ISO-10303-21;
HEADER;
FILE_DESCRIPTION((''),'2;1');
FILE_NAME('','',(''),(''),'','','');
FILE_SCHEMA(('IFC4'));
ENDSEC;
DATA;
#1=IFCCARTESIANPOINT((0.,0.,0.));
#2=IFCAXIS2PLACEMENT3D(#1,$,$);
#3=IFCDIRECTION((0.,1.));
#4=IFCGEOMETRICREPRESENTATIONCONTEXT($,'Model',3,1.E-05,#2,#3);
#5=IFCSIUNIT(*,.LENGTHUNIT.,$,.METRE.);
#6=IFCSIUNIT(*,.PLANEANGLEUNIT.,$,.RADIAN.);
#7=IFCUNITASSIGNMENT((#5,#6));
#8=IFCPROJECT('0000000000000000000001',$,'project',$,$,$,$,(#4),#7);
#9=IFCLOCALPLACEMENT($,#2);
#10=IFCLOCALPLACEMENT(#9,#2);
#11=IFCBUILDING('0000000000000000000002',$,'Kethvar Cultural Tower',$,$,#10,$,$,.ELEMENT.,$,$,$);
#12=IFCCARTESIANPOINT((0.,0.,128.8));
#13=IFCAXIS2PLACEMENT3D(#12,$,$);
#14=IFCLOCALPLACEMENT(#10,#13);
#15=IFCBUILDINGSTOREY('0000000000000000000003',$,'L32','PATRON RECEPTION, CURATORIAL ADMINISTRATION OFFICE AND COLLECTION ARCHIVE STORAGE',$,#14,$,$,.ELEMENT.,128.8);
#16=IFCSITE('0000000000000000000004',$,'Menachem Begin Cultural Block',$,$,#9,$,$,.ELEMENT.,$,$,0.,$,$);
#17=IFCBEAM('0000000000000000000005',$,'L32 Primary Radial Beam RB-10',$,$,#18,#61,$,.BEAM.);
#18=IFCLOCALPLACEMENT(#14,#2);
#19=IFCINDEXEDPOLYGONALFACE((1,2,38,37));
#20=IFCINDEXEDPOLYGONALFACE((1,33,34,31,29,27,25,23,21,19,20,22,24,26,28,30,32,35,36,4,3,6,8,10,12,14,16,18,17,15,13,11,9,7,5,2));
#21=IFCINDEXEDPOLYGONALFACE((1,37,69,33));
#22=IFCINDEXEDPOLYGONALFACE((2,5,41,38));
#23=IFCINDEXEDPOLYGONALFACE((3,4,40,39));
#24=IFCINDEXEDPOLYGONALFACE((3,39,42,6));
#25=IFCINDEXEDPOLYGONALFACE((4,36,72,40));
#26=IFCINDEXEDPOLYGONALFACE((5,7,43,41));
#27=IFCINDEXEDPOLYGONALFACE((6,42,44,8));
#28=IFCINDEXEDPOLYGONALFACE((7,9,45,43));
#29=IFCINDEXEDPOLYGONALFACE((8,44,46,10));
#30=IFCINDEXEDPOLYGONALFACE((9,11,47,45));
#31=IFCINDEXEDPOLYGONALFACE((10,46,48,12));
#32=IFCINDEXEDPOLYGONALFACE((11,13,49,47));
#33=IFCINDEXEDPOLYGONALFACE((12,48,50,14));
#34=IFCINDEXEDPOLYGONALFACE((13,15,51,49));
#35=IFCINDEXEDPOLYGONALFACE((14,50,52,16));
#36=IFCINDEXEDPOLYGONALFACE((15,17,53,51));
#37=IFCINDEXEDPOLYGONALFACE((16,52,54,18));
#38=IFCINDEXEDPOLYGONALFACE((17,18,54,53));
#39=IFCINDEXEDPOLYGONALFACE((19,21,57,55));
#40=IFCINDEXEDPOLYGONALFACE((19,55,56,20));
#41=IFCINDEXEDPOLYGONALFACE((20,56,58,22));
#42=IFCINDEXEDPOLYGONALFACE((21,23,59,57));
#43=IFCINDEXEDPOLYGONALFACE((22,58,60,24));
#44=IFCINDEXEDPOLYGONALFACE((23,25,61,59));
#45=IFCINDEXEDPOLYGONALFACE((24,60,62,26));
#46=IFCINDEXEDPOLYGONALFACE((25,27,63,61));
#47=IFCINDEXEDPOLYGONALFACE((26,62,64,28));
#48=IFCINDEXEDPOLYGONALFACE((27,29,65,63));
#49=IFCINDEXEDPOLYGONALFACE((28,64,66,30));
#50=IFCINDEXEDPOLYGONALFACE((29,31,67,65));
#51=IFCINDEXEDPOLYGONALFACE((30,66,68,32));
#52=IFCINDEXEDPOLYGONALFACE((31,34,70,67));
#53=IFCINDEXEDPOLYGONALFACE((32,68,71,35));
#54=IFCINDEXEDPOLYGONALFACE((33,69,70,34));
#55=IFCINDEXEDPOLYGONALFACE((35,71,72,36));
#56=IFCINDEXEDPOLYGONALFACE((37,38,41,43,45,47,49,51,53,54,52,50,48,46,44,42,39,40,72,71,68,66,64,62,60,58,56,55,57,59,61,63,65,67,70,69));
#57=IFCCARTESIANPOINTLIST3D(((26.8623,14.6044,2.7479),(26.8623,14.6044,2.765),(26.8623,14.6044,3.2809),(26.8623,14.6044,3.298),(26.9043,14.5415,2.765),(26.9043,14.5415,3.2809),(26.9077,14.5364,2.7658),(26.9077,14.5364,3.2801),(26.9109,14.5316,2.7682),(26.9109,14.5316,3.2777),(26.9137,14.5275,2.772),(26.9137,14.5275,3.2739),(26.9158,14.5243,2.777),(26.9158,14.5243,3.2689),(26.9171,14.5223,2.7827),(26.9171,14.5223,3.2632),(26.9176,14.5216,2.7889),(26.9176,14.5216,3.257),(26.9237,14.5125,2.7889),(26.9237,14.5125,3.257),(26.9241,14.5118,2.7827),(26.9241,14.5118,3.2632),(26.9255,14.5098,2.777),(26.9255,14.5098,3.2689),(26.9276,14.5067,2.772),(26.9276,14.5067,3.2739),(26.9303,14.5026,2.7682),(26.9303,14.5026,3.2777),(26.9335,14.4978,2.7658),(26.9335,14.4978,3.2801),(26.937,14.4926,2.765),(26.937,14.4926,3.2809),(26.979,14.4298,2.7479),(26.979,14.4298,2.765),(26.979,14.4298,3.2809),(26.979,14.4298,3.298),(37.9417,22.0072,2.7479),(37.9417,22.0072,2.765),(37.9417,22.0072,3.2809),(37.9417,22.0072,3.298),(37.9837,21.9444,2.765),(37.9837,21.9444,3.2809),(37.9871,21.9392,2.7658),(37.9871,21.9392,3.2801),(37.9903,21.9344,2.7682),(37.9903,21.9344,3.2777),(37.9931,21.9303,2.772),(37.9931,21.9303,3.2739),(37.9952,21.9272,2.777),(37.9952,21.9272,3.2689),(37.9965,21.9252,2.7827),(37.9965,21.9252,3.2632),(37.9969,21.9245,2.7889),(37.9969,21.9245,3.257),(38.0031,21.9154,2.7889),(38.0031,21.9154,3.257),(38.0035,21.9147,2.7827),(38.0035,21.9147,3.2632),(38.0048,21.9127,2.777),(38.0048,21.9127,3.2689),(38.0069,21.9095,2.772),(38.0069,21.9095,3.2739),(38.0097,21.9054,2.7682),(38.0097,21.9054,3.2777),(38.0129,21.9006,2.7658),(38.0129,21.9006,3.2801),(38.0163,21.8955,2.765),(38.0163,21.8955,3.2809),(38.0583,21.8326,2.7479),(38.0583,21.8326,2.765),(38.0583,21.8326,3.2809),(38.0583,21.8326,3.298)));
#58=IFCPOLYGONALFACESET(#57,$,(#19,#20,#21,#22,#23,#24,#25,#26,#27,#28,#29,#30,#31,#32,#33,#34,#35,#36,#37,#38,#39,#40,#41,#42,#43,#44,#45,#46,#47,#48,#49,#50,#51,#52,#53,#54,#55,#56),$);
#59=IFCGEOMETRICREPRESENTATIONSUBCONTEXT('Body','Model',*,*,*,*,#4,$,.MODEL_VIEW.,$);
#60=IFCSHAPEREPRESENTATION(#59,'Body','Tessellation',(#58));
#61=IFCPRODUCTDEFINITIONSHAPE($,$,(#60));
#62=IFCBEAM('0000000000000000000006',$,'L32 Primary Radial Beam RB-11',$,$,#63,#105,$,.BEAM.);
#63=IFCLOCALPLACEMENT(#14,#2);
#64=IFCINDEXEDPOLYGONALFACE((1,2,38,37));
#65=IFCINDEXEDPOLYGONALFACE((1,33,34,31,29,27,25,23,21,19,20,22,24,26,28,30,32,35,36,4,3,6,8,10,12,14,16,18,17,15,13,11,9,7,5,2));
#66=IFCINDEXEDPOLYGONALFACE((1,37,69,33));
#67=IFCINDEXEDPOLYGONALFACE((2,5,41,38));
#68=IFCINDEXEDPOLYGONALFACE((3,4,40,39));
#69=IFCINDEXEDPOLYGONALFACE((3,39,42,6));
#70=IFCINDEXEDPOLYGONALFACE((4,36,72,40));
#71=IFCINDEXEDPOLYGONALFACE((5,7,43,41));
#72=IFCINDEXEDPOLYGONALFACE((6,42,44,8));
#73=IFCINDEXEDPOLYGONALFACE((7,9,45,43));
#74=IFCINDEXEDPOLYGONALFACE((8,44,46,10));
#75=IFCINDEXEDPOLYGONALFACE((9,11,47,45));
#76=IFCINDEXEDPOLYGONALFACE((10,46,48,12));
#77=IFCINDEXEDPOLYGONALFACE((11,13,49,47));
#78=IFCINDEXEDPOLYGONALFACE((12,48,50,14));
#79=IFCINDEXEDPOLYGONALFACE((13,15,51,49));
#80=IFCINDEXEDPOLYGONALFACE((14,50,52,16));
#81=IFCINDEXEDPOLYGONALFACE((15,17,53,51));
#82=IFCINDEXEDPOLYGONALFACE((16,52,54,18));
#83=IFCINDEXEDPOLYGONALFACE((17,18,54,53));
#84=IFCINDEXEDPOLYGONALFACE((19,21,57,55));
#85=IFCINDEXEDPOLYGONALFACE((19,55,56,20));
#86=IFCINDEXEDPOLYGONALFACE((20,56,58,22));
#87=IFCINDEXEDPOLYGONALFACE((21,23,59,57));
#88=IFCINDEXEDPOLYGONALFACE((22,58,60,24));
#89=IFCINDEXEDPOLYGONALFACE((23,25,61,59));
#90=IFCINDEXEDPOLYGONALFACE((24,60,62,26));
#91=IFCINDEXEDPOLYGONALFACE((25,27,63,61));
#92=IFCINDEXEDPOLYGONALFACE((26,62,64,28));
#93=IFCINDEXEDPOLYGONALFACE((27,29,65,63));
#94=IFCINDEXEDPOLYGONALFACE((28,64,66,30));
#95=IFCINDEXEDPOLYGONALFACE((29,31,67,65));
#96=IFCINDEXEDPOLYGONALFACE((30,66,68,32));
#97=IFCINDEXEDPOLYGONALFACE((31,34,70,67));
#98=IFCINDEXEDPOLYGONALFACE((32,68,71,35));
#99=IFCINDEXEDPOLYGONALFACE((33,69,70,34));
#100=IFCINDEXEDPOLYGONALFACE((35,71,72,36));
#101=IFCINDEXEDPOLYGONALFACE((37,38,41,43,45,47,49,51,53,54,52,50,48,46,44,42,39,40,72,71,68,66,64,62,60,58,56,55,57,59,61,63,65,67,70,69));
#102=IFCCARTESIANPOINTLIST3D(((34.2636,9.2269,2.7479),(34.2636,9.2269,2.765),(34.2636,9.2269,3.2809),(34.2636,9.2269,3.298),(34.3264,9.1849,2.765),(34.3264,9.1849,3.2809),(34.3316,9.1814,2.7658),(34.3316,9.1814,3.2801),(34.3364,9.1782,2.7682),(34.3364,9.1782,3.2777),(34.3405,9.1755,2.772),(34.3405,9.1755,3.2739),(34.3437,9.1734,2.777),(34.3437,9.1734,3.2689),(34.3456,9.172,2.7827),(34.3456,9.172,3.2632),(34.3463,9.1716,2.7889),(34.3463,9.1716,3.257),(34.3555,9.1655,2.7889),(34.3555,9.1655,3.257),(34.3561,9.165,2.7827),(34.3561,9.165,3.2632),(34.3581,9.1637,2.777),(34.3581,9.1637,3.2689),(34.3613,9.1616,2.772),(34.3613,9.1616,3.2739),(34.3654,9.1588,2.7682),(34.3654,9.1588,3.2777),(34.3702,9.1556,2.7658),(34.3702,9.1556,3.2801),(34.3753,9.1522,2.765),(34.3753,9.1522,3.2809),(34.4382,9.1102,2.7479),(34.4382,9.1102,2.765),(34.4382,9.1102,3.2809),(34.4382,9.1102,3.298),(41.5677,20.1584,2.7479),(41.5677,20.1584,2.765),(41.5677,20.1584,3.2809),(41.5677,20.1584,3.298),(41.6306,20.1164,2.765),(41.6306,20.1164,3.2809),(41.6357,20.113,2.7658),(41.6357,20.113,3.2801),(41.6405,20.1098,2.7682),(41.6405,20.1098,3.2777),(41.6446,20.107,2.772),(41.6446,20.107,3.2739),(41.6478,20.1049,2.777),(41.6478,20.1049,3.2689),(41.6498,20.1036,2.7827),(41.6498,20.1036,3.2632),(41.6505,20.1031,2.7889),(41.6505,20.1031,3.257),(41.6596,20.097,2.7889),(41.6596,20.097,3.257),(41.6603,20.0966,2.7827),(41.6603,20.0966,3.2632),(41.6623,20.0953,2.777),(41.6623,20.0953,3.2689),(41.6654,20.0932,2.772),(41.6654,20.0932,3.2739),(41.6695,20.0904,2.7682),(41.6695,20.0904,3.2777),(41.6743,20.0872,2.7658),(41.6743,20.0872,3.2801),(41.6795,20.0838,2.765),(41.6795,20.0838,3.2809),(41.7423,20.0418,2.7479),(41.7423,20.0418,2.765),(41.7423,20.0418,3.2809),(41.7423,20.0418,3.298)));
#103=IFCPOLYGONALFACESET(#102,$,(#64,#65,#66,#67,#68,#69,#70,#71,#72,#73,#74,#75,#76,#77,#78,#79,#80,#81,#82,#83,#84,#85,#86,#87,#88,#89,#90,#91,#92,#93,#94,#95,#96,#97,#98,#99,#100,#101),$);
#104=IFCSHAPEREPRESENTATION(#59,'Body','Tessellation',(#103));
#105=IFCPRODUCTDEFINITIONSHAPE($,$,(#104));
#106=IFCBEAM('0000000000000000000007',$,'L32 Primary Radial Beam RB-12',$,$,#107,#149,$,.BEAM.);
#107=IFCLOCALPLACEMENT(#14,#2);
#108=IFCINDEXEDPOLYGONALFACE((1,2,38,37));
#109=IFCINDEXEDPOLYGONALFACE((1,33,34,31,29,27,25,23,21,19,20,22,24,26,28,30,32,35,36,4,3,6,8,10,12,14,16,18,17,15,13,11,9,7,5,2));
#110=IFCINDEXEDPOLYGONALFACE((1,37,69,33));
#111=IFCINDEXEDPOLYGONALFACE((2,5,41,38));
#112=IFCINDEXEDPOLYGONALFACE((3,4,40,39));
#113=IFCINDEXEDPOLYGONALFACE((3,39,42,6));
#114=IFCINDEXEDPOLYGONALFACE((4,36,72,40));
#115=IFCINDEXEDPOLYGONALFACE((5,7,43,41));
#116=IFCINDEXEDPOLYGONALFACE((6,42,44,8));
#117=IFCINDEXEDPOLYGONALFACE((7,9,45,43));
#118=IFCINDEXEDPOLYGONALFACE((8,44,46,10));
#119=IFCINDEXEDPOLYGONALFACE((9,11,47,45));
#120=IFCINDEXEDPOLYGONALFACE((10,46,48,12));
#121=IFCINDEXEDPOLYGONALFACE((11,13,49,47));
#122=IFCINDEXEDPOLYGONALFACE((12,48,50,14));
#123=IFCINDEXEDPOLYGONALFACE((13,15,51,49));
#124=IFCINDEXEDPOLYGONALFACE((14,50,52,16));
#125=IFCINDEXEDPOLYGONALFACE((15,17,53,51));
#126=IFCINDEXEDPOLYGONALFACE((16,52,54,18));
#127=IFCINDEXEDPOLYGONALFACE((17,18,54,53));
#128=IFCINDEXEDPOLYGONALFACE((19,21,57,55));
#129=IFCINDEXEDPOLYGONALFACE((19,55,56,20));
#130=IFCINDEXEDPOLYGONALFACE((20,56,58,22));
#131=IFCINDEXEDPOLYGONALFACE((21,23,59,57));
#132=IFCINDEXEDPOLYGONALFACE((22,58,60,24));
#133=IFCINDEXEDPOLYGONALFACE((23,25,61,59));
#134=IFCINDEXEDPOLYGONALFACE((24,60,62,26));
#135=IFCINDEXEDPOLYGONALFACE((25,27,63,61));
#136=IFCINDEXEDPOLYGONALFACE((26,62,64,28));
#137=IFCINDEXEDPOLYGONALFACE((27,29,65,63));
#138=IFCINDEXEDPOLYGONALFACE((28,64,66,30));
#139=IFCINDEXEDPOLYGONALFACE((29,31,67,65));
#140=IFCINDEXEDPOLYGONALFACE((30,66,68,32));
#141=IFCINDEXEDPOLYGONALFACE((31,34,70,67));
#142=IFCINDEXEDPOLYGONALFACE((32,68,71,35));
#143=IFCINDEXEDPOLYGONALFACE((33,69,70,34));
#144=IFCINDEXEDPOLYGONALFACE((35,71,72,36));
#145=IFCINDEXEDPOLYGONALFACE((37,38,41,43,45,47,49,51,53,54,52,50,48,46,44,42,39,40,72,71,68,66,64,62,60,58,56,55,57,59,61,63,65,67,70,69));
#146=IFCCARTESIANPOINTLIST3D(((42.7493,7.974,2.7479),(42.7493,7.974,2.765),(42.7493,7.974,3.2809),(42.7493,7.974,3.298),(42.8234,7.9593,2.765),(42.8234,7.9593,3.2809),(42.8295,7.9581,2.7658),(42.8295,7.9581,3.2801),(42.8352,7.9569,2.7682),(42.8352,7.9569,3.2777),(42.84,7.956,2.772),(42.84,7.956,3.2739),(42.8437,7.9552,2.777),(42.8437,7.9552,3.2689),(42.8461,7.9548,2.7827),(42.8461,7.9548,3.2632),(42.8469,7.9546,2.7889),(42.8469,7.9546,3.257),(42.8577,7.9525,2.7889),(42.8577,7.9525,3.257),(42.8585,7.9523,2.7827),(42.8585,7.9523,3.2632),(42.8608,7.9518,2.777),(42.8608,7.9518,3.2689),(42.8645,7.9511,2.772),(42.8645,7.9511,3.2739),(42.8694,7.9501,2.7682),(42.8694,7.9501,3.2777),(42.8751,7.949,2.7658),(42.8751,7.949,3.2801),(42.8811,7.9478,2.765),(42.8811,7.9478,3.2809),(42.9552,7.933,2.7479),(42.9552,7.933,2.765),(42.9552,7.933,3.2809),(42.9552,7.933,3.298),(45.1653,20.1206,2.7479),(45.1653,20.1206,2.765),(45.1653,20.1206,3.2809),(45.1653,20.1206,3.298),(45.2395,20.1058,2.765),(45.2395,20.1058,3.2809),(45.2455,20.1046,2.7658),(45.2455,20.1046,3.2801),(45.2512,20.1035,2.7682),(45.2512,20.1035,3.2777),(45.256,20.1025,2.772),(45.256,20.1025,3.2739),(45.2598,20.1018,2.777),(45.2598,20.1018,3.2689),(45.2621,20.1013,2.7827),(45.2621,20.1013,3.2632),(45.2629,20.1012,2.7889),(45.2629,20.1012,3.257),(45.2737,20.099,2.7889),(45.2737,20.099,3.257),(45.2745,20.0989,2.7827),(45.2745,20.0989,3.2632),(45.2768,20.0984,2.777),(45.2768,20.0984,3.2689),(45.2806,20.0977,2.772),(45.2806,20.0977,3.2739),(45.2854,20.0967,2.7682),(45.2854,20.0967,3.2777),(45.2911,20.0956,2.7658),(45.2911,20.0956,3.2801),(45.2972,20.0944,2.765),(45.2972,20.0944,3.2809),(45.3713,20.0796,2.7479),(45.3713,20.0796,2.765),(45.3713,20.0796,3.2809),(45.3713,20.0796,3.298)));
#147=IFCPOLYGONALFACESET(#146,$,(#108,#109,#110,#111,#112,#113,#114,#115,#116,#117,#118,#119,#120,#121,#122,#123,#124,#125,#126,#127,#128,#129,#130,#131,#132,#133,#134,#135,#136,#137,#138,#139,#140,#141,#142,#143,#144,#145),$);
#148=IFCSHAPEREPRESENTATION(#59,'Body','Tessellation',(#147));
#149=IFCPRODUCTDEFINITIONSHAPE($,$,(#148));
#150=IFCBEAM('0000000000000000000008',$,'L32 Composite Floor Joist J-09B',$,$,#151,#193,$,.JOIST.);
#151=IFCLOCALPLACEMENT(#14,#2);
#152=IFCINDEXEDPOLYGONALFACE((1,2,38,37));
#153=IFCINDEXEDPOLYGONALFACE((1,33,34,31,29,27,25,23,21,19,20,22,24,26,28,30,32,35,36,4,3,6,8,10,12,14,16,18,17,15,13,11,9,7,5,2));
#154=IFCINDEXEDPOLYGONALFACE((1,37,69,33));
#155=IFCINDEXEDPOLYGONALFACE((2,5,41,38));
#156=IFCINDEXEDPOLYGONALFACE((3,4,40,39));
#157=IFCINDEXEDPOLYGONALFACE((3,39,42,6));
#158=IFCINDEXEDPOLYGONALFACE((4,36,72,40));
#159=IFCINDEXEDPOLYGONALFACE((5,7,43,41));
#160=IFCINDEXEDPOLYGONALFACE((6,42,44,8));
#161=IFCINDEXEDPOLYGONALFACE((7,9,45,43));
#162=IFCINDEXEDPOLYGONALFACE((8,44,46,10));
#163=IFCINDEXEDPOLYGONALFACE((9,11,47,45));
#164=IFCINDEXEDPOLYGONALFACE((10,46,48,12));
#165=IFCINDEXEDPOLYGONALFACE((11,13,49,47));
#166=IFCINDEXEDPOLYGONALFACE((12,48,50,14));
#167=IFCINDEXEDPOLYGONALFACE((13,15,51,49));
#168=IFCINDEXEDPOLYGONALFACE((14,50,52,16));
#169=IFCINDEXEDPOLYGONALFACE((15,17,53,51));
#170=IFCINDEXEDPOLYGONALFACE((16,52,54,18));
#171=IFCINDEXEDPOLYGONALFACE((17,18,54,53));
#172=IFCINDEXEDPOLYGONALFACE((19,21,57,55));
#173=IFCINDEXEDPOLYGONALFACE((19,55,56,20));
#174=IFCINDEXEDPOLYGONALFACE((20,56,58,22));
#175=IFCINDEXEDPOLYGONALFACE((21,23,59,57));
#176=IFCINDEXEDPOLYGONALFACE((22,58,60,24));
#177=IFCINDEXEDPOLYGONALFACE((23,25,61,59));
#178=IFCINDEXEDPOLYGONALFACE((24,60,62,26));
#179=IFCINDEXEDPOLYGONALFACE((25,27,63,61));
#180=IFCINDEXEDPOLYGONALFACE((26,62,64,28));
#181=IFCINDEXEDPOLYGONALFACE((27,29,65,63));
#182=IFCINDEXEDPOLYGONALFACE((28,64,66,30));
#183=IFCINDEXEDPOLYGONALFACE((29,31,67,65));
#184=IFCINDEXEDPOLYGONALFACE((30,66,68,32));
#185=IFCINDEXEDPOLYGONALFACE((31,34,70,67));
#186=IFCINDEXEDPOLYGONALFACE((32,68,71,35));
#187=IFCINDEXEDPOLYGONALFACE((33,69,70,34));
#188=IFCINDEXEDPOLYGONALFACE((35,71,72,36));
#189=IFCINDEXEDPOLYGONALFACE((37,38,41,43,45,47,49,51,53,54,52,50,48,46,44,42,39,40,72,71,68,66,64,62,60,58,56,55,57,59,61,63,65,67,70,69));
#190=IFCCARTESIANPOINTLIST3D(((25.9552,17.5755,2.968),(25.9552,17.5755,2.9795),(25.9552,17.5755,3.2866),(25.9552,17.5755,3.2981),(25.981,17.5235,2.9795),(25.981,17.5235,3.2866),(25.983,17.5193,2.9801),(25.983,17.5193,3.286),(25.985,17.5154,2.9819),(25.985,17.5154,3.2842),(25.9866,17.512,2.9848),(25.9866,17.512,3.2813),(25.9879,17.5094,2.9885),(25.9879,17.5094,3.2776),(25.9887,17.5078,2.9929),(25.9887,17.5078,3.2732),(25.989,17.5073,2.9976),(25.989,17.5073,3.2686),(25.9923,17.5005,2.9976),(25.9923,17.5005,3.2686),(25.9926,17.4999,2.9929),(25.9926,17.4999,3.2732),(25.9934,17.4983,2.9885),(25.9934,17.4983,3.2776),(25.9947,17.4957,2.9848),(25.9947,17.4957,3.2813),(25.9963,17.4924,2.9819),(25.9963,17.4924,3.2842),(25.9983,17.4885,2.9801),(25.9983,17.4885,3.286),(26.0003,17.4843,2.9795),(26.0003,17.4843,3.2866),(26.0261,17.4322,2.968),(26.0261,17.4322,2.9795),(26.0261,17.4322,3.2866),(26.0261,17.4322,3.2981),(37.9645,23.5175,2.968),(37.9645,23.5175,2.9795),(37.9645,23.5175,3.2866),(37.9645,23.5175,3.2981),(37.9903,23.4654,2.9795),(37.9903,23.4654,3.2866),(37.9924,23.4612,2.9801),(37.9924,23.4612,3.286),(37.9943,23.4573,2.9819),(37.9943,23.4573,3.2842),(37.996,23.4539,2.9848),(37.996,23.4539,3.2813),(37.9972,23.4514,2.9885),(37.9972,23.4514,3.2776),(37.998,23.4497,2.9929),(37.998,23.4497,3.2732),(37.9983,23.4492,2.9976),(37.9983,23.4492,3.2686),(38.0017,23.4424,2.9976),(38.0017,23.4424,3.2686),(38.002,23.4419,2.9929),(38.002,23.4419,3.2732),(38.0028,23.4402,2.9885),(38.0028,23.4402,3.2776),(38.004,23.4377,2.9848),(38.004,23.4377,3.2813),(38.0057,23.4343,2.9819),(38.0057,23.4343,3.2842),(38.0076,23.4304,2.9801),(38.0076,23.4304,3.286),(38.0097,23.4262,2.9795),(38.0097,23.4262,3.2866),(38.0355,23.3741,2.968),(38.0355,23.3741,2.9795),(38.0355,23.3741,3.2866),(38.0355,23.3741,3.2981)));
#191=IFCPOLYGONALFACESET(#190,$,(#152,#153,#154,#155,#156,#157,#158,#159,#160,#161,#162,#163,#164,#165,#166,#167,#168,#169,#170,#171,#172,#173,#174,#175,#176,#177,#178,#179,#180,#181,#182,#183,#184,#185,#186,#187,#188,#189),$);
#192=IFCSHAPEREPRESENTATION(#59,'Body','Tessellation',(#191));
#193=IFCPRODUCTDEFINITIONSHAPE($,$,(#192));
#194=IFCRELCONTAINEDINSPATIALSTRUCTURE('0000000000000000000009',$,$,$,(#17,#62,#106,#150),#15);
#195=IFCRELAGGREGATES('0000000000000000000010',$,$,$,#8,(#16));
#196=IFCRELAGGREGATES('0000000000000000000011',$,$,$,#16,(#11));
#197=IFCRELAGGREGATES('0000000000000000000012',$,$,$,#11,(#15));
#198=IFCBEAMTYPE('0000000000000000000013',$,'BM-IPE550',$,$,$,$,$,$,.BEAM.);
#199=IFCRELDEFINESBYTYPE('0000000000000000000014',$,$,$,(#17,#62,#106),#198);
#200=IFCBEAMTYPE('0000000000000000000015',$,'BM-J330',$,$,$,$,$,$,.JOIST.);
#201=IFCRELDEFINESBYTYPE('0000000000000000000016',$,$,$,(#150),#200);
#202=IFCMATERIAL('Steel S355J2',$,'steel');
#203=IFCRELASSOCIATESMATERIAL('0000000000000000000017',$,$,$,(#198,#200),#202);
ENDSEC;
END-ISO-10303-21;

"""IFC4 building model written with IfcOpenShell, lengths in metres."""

from ifc_helpers import new_model, si_unit, direction, frame, origin, origin_2d, place, context, subcontext, project, spatial, i_section, extrude, source, transform, mapped, material, material_profile, profile_set, type_object, element, save


model = new_model("IFC4")

# Units and contexts
model_context = context("Model", 3, precision=1e-05, world=origin(), true_north=direction((0.0, 1.0)))
body_context = subcontext(model_context, "Body", "Model", "MODEL_VIEW")
ifc_project = project(units=[si_unit("LENGTHUNIT", "METRE"), si_unit("PLANEANGLEUNIT", "RADIAN")], contexts=[model_context])

# Site, building, storey
site_placement = place(None, origin())
site = spatial("IfcSite", under=ifc_project, at=site_placement, Name="Menachem Begin Cultural Block", CompositionType="ELEMENT", RefElevation=0.0)
building_placement = place(site_placement, origin())
building = spatial("IfcBuilding", under=site, at=building_placement, Name="Kethvar Cultural Tower", CompositionType="ELEMENT")
storey_placement = place(building_placement, frame((0.0, 0.0, 128.8)))
storey = spatial("IfcBuildingStorey", under=building, at=storey_placement, Name="L32", Description="PATRON RECEPTION, CURATORIAL ADMINISTRATION OFFICE AND COLLECTION ARCHIVE STORAGE", CompositionType="ELEMENT", Elevation=128.8)

# Beams
ifc_material_1 = material(Name="Steel S355J2", Category="steel")
ifc_material_profile_1 = material_profile(ifc_material_1, i_section(OverallWidth=0.21, OverallDepth=0.55, WebThickness=0.011, FlangeThickness=0.0171, FilletRadius=0.0239, at=origin_2d()), Name="Steel S355J2 — IPE550")
ifc_profile_set_1 = profile_set([ifc_material_profile_1], Name="Steel S355J2 — IPE550")
beam_type_1 = type_object("IfcBeamType", Name="BM-IPE550", PredefinedType="BEAM", material=ifc_profile_set_1)
shared_shape_1 = source(origin(), body_context, "Body", "SweptSolid", [
    extrude(i_section(OverallWidth=0.21, OverallDepth=0.55, WebThickness=0.011, FlangeThickness=0.0171, FilletRadius=0.0239, at=origin_2d()), origin(), (0.0, 0.0, 1.0), 13.325),
])
beam_1_placement = place(storey_placement, frame((38.0, 21.9199, 3.0229), z_axis=(-0.831475, -0.555562, 0.0), x_axis=(0.555562, -0.831475, 0.0)))
element("IfcBeam", 1, at=beam_1_placement, inside=storey, type_object=beam_type_1, Name="L32 Primary Radial Beam RB-10", PredefinedType="BEAM", context=body_context, shape_type="MappedRepresentation", body=[
    mapped(shared_shape_1, transform((0.0, 0.0, 0.0), scale=1.0)),
])
shared_shape_2 = source(origin(), body_context, "Body", "SweptSolid", [
    extrude(i_section(OverallWidth=0.21, OverallDepth=0.55, WebThickness=0.011, FlangeThickness=0.0171, FilletRadius=0.0239, at=origin_2d()), origin(), (0.0, 0.0, 1.0), 13.1472),
])
beam_2_placement = place(storey_placement, frame((41.655, 20.1001, 3.0229), z_axis=(-0.555566, -0.831473, 0.0), x_axis=(0.831473, -0.555566, 0.0)))
element("IfcBeam", 2, at=beam_2_placement, inside=storey, type_object=beam_type_1, Name="L32 Primary Radial Beam RB-11", PredefinedType="BEAM", context=body_context, shape_type="MappedRepresentation", body=[
    mapped(shared_shape_2, transform((0.0, 0.0, 0.0), scale=1.0)),
])
shared_shape_3 = source(origin(), body_context, "Body", "SweptSolid", [
    extrude(i_section(OverallWidth=0.21, OverallDepth=0.55, WebThickness=0.011, FlangeThickness=0.0171, FilletRadius=0.0239, at=origin_2d()), origin(), (0.0, 0.0, 1.0), 12.3845),
])
beam_3_placement = place(storey_placement, frame((45.2683, 20.1001, 3.0229), z_axis=(-0.195085, -0.980786, 0.0), x_axis=(0.980786, -0.195085, 0.0)))
element("IfcBeam", 3, at=beam_3_placement, inside=storey, type_object=beam_type_1, Name="L32 Primary Radial Beam RB-12", PredefinedType="BEAM", context=body_context, shape_type="MappedRepresentation", body=[
    mapped(shared_shape_3, transform((0.0, 0.0, 0.0), scale=1.0)),
])
ifc_material_profile_2 = material_profile(ifc_material_1, i_section(OverallWidth=0.1599, OverallDepth=0.3301, WebThickness=0.0076, FlangeThickness=0.0115, FilletRadius=0.0181, at=origin_2d()), Name="Steel S355J2 — IPE330")
ifc_profile_set_2 = profile_set([ifc_material_profile_2], Name="Steel S355J2 — IPE330")
beam_type_2 = type_object("IfcBeamType", Name="BM-J330", PredefinedType="JOIST", material=ifc_profile_set_2)
shared_shape_4 = source(origin(), body_context, "Body", "SweptSolid", [
    extrude(i_section(OverallWidth=0.1599, OverallDepth=0.3301, WebThickness=0.0076, FlangeThickness=0.0115, FilletRadius=0.0181, at=origin_2d()), origin(), (0.0, 0.0, 1.0), 13.3989),
])
beam_4_placement = place(storey_placement, frame((38.0, 23.4458, 3.1331), z_axis=(-0.896292, -0.443463, 0.0), x_axis=(0.443463, -0.896292, 0.0)))
element("IfcBeam", 4, at=beam_4_placement, inside=storey, type_object=beam_type_2, Name="L32 Composite Floor Joist J-09B", PredefinedType="JOIST", context=body_context, shape_type="MappedRepresentation", body=[
    mapped(shared_shape_4, transform((0.0, 0.0, 0.0), scale=1.0)),
])

save(model, "model.ifc")
